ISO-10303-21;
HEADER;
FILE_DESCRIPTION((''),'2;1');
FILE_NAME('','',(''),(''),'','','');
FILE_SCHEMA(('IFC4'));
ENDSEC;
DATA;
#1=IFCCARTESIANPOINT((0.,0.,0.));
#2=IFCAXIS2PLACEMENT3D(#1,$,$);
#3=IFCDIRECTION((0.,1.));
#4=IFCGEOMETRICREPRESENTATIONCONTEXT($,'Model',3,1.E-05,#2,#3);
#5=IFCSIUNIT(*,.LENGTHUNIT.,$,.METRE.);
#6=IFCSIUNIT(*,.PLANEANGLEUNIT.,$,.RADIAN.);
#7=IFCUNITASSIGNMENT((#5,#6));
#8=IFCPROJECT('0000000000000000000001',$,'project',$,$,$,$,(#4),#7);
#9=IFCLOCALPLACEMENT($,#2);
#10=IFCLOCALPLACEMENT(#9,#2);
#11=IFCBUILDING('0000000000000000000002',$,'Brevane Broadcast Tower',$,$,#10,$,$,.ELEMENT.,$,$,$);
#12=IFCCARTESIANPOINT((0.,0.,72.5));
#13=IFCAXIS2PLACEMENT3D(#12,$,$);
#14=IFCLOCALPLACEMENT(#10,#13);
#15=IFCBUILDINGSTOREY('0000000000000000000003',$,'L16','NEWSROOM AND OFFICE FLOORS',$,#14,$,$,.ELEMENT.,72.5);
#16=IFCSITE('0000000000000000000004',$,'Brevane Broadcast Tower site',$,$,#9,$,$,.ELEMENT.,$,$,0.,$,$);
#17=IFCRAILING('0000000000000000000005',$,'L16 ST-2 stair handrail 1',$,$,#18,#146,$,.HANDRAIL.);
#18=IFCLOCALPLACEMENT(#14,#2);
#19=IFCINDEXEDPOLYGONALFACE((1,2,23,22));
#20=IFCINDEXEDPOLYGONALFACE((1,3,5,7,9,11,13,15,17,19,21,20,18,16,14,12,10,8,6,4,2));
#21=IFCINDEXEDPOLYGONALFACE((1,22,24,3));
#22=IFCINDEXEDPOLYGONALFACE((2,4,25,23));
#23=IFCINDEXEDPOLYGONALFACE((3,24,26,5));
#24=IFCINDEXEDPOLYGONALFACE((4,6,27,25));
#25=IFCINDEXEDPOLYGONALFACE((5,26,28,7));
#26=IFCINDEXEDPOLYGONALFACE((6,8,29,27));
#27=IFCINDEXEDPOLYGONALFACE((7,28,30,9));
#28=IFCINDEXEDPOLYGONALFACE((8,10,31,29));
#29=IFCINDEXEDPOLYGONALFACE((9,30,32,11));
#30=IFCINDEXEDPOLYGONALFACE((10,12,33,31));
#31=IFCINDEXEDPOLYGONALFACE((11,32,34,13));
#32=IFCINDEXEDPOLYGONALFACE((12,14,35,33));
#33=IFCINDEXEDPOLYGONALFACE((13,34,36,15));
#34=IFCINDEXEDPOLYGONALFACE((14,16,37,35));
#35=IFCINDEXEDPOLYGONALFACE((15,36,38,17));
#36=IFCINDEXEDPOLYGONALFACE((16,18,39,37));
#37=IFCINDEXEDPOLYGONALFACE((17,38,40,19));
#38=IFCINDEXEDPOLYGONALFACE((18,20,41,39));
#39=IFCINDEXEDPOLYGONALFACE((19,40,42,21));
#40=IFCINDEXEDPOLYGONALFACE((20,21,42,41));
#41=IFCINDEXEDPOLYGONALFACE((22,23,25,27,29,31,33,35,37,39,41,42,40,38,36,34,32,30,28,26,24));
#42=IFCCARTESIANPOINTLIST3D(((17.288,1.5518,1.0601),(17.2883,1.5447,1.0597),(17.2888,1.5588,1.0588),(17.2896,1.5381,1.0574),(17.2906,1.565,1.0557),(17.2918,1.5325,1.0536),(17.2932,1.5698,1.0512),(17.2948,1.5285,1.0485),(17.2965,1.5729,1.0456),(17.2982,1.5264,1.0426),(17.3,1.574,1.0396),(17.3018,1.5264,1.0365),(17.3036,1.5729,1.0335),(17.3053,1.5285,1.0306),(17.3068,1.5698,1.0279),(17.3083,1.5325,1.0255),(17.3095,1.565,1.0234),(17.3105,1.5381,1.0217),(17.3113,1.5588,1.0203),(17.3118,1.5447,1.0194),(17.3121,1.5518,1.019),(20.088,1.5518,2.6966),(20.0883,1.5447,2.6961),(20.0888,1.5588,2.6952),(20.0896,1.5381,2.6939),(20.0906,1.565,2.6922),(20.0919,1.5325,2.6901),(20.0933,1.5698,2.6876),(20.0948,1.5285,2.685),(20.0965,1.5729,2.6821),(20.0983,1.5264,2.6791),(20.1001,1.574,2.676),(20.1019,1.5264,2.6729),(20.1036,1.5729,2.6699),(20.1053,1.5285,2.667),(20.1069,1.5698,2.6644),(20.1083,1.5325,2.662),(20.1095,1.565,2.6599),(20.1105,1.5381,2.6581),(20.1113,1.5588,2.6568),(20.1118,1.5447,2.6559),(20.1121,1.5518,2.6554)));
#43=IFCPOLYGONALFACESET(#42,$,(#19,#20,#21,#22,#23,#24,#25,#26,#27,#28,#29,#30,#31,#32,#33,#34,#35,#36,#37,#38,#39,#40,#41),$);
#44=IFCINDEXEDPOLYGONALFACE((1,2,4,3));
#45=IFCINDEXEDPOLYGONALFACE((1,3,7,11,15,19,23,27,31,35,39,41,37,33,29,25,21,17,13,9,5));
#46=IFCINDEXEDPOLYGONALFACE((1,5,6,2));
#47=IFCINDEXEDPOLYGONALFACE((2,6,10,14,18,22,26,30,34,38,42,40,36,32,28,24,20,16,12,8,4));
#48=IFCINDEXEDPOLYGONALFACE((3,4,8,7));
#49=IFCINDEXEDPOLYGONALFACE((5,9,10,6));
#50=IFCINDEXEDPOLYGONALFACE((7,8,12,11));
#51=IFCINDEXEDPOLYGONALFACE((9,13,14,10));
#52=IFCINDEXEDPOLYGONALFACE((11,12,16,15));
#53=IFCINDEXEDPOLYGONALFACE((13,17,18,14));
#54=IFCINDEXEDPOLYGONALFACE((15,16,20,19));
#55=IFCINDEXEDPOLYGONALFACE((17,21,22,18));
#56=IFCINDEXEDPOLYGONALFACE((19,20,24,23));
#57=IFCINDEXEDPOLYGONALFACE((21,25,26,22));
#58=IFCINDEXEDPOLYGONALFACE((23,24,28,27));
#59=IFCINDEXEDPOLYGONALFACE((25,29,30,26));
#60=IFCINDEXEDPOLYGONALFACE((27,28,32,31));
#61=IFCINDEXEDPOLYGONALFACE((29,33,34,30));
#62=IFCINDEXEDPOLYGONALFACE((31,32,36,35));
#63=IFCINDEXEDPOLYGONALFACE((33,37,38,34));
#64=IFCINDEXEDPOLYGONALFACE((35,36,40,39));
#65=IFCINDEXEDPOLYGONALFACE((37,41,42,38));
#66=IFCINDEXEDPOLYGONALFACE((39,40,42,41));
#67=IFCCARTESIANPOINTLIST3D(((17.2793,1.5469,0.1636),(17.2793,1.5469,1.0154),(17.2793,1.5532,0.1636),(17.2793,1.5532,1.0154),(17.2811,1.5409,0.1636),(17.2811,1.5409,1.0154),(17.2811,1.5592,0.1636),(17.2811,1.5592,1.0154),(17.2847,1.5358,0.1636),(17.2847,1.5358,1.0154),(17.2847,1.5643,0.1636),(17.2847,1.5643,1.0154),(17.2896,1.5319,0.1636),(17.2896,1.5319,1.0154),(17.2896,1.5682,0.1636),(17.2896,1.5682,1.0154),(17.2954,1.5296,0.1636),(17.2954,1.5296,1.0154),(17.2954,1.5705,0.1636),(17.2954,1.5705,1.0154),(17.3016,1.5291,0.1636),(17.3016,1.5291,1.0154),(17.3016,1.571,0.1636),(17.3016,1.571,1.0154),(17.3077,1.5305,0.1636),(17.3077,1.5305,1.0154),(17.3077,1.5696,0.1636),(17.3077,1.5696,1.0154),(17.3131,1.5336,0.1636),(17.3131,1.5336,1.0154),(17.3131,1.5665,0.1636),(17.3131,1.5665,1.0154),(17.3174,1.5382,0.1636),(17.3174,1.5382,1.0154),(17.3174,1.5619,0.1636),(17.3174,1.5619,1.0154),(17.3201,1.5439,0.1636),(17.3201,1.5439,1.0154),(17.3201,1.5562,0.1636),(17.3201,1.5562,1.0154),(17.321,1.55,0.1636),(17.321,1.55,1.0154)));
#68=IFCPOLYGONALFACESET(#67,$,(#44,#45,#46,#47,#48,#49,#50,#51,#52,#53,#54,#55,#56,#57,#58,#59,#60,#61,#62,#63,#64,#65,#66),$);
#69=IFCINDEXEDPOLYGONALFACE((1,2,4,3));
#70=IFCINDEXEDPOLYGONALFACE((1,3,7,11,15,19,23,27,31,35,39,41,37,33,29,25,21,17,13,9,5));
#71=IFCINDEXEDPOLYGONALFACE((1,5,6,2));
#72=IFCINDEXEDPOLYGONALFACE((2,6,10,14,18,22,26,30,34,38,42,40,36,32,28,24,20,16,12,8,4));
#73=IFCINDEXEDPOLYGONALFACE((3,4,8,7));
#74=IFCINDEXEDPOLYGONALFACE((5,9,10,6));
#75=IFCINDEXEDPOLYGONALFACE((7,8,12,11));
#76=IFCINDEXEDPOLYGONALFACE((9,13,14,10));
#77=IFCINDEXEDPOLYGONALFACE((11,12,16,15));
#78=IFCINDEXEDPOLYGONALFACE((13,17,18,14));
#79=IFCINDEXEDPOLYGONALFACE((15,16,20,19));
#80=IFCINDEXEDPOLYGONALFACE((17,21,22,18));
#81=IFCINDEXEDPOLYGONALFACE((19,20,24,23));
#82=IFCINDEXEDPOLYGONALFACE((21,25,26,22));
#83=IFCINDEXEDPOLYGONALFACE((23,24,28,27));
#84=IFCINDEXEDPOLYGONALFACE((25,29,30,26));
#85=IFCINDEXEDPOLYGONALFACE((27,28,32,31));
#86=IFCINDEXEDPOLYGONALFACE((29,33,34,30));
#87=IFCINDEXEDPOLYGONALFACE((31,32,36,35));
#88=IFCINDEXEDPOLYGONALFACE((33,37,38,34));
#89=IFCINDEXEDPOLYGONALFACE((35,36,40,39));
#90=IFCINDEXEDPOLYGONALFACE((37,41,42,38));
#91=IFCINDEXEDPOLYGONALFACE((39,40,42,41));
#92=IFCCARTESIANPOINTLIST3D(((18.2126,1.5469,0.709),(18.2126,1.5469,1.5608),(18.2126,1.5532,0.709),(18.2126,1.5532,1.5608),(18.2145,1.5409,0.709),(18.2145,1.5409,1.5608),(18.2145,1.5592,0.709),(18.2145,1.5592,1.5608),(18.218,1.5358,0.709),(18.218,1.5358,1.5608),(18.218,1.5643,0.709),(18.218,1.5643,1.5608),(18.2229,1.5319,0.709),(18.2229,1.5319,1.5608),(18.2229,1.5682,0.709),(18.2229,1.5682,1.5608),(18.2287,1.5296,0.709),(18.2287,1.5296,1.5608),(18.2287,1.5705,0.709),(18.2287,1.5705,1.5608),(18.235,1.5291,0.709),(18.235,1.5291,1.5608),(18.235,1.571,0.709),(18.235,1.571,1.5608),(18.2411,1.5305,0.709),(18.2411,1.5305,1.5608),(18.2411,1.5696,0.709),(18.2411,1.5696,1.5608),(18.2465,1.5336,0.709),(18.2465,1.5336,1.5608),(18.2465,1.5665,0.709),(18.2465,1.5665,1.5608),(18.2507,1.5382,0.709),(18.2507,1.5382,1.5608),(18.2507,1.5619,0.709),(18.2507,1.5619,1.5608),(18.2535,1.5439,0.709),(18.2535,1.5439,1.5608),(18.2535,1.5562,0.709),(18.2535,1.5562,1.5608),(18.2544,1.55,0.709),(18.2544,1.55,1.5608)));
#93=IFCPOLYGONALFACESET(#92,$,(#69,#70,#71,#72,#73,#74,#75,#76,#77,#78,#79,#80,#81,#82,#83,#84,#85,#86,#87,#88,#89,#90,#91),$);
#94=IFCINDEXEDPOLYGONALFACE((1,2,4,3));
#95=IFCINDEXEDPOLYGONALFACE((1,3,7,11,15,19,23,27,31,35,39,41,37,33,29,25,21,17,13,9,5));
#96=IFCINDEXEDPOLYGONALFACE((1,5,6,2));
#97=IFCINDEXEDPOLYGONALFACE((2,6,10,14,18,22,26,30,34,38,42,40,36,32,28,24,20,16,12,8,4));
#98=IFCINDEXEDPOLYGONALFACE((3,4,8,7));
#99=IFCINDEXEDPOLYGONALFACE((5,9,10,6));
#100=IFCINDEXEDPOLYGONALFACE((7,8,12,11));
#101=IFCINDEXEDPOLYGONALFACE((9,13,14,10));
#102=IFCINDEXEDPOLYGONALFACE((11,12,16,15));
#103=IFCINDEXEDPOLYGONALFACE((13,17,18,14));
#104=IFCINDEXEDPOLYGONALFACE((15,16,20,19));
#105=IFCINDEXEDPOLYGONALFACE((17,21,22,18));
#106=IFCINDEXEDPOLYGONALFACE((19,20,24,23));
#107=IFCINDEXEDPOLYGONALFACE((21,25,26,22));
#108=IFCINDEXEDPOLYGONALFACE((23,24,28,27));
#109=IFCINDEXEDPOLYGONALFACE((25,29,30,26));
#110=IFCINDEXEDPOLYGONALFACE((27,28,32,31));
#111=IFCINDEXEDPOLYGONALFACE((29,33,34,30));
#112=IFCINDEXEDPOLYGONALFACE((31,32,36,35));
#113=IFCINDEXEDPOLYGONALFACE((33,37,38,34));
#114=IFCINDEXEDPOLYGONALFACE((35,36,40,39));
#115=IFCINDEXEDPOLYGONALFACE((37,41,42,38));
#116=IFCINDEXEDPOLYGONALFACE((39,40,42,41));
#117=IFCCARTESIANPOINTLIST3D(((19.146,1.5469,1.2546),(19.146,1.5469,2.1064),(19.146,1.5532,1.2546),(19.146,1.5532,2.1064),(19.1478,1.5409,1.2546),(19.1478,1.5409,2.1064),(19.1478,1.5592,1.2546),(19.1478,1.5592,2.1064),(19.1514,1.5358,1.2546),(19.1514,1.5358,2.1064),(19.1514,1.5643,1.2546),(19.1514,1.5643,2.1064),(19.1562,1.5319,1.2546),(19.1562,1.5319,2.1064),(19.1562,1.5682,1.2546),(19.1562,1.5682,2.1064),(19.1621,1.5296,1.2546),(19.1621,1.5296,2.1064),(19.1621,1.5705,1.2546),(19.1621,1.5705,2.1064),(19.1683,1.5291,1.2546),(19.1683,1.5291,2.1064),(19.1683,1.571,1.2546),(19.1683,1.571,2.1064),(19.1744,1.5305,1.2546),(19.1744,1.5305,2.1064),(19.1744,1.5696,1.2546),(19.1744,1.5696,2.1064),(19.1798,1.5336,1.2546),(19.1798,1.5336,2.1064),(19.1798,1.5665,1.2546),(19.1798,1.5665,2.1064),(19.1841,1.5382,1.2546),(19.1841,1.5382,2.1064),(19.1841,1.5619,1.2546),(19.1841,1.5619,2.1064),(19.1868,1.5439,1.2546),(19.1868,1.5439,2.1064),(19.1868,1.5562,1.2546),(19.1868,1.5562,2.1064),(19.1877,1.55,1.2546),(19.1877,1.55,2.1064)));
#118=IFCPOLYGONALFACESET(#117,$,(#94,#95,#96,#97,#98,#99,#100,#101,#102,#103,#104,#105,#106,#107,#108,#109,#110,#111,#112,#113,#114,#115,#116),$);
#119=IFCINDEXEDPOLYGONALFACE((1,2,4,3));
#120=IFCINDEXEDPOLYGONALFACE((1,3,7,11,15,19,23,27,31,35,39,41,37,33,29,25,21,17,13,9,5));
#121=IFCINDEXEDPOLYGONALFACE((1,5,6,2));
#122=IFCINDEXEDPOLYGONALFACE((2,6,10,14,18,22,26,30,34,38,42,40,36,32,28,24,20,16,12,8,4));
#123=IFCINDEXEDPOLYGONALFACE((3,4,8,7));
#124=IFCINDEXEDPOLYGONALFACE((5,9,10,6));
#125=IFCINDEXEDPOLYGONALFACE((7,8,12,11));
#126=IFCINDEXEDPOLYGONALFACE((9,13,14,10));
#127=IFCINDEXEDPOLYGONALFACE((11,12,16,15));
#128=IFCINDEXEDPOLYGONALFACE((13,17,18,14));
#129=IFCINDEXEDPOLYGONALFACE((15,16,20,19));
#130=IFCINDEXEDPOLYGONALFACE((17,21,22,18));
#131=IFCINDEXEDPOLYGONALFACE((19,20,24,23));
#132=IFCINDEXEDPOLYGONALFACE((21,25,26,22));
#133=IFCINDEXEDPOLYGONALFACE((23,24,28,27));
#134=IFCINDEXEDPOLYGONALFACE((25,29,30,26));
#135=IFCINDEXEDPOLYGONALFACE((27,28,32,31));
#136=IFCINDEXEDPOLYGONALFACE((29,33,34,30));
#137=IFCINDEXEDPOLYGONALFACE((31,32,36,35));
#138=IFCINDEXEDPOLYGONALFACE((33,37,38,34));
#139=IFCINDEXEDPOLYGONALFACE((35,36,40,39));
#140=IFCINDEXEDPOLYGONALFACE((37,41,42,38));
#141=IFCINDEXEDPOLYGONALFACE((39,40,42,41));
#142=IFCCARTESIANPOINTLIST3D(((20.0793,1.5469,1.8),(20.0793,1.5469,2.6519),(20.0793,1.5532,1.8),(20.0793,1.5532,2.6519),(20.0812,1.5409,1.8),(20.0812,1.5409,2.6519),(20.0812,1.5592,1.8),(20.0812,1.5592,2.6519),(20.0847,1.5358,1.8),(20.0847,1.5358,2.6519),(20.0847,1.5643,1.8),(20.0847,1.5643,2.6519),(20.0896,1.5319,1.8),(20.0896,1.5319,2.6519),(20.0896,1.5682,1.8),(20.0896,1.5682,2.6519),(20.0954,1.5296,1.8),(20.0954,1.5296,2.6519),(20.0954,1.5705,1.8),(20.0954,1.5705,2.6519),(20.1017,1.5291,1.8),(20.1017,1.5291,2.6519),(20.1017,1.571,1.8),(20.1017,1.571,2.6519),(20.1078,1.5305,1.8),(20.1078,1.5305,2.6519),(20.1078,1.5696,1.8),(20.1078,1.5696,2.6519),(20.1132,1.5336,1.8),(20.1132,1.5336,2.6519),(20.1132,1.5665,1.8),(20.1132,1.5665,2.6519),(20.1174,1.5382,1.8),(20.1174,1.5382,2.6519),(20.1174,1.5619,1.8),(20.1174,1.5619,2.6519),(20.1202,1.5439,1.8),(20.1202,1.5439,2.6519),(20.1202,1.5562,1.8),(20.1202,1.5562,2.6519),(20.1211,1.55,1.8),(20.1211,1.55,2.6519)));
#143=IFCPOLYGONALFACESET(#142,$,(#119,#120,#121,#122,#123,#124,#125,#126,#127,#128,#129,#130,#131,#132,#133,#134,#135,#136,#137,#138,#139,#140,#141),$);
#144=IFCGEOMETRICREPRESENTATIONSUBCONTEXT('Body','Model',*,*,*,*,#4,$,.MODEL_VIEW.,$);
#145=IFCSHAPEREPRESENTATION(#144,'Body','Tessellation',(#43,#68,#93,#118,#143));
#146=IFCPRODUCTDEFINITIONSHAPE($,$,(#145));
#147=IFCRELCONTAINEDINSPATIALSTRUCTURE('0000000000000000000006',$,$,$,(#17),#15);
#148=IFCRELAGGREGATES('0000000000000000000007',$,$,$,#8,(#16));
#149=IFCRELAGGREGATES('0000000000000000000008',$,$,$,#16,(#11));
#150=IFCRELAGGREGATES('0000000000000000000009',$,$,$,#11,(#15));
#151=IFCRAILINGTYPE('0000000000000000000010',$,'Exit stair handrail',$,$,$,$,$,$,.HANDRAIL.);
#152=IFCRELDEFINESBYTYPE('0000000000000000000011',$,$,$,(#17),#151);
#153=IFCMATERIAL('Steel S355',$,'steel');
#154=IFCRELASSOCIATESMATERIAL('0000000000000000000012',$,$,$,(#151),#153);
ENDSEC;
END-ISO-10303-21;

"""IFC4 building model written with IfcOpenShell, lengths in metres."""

from ifc_helpers import new_model, si_unit, direction, frame, origin, origin_2d, place, context, subcontext, project, spatial, circle, extrude, material, type_object, element, save


model = new_model("IFC4")

# Units and contexts
model_context = context("Model", 3, precision=1e-05, world=origin(), true_north=direction((0.0, 1.0)))
body_context = subcontext(model_context, "Body", "Model", "MODEL_VIEW")
ifc_project = project(units=[si_unit("LENGTHUNIT", "METRE"), si_unit("PLANEANGLEUNIT", "RADIAN")], contexts=[model_context])

# Site, building, storey
site_placement = place(None, origin())
site = spatial("IfcSite", under=ifc_project, at=site_placement, Name="Brevane Broadcast Tower site", CompositionType="ELEMENT", RefElevation=0.0)
building_placement = place(site_placement, origin())
building = spatial("IfcBuilding", under=site, at=building_placement, Name="Brevane Broadcast Tower", CompositionType="ELEMENT")
storey_placement = place(building_placement, frame((0.0, 0.0, 72.5)))
storey = spatial("IfcBuildingStorey", under=building, at=storey_placement, Name="L16", Description="NEWSROOM AND OFFICE FLOORS", CompositionType="ELEMENT", Elevation=72.5)

# Railing
ifc_material_1 = material(Name="Steel S355", Category="steel")
railing_type_1 = type_object("IfcRailingType", Name="Exit stair handrail", PredefinedType="HANDRAIL", material=ifc_material_1)
railing_1_placement = place(storey_placement, frame((17.3, 1.55, 0.1636)))
element("IfcRailing", 1, at=railing_1_placement, inside=storey, type_object=railing_type_1, Name="L16 ST-2 stair handrail 1", PredefinedType="HANDRAIL", context=body_context, shape_type="SweptSolid", body=[
    extrude(circle(Radius=0.0239, at=origin_2d()), frame((0.0, 0.0, 0.876), z_axis=(0.863361, 0.0, 0.504587), x_axis=(0.0, 1.0, 0.0)), (0.0, 0.0, 1.0), 3.2432),
    extrude(circle(Radius=0.021, at=origin_2d()), origin(), (0.0, 0.0, 1.0), 0.8518),
    extrude(circle(Radius=0.021, at=origin_2d()), frame((0.9333, 0.0, 0.5454)), (0.0, 0.0, 1.0), 0.8518),
    extrude(circle(Radius=0.021, at=origin_2d()), frame((1.8667, 0.0, 1.0911)), (0.0, 0.0, 1.0), 0.8518),
    extrude(circle(Radius=0.021, at=origin_2d()), frame((2.8, 0.0, 1.6365)), (0.0, 0.0, 1.0), 0.8518),
])

save(model, "model.ifc")
